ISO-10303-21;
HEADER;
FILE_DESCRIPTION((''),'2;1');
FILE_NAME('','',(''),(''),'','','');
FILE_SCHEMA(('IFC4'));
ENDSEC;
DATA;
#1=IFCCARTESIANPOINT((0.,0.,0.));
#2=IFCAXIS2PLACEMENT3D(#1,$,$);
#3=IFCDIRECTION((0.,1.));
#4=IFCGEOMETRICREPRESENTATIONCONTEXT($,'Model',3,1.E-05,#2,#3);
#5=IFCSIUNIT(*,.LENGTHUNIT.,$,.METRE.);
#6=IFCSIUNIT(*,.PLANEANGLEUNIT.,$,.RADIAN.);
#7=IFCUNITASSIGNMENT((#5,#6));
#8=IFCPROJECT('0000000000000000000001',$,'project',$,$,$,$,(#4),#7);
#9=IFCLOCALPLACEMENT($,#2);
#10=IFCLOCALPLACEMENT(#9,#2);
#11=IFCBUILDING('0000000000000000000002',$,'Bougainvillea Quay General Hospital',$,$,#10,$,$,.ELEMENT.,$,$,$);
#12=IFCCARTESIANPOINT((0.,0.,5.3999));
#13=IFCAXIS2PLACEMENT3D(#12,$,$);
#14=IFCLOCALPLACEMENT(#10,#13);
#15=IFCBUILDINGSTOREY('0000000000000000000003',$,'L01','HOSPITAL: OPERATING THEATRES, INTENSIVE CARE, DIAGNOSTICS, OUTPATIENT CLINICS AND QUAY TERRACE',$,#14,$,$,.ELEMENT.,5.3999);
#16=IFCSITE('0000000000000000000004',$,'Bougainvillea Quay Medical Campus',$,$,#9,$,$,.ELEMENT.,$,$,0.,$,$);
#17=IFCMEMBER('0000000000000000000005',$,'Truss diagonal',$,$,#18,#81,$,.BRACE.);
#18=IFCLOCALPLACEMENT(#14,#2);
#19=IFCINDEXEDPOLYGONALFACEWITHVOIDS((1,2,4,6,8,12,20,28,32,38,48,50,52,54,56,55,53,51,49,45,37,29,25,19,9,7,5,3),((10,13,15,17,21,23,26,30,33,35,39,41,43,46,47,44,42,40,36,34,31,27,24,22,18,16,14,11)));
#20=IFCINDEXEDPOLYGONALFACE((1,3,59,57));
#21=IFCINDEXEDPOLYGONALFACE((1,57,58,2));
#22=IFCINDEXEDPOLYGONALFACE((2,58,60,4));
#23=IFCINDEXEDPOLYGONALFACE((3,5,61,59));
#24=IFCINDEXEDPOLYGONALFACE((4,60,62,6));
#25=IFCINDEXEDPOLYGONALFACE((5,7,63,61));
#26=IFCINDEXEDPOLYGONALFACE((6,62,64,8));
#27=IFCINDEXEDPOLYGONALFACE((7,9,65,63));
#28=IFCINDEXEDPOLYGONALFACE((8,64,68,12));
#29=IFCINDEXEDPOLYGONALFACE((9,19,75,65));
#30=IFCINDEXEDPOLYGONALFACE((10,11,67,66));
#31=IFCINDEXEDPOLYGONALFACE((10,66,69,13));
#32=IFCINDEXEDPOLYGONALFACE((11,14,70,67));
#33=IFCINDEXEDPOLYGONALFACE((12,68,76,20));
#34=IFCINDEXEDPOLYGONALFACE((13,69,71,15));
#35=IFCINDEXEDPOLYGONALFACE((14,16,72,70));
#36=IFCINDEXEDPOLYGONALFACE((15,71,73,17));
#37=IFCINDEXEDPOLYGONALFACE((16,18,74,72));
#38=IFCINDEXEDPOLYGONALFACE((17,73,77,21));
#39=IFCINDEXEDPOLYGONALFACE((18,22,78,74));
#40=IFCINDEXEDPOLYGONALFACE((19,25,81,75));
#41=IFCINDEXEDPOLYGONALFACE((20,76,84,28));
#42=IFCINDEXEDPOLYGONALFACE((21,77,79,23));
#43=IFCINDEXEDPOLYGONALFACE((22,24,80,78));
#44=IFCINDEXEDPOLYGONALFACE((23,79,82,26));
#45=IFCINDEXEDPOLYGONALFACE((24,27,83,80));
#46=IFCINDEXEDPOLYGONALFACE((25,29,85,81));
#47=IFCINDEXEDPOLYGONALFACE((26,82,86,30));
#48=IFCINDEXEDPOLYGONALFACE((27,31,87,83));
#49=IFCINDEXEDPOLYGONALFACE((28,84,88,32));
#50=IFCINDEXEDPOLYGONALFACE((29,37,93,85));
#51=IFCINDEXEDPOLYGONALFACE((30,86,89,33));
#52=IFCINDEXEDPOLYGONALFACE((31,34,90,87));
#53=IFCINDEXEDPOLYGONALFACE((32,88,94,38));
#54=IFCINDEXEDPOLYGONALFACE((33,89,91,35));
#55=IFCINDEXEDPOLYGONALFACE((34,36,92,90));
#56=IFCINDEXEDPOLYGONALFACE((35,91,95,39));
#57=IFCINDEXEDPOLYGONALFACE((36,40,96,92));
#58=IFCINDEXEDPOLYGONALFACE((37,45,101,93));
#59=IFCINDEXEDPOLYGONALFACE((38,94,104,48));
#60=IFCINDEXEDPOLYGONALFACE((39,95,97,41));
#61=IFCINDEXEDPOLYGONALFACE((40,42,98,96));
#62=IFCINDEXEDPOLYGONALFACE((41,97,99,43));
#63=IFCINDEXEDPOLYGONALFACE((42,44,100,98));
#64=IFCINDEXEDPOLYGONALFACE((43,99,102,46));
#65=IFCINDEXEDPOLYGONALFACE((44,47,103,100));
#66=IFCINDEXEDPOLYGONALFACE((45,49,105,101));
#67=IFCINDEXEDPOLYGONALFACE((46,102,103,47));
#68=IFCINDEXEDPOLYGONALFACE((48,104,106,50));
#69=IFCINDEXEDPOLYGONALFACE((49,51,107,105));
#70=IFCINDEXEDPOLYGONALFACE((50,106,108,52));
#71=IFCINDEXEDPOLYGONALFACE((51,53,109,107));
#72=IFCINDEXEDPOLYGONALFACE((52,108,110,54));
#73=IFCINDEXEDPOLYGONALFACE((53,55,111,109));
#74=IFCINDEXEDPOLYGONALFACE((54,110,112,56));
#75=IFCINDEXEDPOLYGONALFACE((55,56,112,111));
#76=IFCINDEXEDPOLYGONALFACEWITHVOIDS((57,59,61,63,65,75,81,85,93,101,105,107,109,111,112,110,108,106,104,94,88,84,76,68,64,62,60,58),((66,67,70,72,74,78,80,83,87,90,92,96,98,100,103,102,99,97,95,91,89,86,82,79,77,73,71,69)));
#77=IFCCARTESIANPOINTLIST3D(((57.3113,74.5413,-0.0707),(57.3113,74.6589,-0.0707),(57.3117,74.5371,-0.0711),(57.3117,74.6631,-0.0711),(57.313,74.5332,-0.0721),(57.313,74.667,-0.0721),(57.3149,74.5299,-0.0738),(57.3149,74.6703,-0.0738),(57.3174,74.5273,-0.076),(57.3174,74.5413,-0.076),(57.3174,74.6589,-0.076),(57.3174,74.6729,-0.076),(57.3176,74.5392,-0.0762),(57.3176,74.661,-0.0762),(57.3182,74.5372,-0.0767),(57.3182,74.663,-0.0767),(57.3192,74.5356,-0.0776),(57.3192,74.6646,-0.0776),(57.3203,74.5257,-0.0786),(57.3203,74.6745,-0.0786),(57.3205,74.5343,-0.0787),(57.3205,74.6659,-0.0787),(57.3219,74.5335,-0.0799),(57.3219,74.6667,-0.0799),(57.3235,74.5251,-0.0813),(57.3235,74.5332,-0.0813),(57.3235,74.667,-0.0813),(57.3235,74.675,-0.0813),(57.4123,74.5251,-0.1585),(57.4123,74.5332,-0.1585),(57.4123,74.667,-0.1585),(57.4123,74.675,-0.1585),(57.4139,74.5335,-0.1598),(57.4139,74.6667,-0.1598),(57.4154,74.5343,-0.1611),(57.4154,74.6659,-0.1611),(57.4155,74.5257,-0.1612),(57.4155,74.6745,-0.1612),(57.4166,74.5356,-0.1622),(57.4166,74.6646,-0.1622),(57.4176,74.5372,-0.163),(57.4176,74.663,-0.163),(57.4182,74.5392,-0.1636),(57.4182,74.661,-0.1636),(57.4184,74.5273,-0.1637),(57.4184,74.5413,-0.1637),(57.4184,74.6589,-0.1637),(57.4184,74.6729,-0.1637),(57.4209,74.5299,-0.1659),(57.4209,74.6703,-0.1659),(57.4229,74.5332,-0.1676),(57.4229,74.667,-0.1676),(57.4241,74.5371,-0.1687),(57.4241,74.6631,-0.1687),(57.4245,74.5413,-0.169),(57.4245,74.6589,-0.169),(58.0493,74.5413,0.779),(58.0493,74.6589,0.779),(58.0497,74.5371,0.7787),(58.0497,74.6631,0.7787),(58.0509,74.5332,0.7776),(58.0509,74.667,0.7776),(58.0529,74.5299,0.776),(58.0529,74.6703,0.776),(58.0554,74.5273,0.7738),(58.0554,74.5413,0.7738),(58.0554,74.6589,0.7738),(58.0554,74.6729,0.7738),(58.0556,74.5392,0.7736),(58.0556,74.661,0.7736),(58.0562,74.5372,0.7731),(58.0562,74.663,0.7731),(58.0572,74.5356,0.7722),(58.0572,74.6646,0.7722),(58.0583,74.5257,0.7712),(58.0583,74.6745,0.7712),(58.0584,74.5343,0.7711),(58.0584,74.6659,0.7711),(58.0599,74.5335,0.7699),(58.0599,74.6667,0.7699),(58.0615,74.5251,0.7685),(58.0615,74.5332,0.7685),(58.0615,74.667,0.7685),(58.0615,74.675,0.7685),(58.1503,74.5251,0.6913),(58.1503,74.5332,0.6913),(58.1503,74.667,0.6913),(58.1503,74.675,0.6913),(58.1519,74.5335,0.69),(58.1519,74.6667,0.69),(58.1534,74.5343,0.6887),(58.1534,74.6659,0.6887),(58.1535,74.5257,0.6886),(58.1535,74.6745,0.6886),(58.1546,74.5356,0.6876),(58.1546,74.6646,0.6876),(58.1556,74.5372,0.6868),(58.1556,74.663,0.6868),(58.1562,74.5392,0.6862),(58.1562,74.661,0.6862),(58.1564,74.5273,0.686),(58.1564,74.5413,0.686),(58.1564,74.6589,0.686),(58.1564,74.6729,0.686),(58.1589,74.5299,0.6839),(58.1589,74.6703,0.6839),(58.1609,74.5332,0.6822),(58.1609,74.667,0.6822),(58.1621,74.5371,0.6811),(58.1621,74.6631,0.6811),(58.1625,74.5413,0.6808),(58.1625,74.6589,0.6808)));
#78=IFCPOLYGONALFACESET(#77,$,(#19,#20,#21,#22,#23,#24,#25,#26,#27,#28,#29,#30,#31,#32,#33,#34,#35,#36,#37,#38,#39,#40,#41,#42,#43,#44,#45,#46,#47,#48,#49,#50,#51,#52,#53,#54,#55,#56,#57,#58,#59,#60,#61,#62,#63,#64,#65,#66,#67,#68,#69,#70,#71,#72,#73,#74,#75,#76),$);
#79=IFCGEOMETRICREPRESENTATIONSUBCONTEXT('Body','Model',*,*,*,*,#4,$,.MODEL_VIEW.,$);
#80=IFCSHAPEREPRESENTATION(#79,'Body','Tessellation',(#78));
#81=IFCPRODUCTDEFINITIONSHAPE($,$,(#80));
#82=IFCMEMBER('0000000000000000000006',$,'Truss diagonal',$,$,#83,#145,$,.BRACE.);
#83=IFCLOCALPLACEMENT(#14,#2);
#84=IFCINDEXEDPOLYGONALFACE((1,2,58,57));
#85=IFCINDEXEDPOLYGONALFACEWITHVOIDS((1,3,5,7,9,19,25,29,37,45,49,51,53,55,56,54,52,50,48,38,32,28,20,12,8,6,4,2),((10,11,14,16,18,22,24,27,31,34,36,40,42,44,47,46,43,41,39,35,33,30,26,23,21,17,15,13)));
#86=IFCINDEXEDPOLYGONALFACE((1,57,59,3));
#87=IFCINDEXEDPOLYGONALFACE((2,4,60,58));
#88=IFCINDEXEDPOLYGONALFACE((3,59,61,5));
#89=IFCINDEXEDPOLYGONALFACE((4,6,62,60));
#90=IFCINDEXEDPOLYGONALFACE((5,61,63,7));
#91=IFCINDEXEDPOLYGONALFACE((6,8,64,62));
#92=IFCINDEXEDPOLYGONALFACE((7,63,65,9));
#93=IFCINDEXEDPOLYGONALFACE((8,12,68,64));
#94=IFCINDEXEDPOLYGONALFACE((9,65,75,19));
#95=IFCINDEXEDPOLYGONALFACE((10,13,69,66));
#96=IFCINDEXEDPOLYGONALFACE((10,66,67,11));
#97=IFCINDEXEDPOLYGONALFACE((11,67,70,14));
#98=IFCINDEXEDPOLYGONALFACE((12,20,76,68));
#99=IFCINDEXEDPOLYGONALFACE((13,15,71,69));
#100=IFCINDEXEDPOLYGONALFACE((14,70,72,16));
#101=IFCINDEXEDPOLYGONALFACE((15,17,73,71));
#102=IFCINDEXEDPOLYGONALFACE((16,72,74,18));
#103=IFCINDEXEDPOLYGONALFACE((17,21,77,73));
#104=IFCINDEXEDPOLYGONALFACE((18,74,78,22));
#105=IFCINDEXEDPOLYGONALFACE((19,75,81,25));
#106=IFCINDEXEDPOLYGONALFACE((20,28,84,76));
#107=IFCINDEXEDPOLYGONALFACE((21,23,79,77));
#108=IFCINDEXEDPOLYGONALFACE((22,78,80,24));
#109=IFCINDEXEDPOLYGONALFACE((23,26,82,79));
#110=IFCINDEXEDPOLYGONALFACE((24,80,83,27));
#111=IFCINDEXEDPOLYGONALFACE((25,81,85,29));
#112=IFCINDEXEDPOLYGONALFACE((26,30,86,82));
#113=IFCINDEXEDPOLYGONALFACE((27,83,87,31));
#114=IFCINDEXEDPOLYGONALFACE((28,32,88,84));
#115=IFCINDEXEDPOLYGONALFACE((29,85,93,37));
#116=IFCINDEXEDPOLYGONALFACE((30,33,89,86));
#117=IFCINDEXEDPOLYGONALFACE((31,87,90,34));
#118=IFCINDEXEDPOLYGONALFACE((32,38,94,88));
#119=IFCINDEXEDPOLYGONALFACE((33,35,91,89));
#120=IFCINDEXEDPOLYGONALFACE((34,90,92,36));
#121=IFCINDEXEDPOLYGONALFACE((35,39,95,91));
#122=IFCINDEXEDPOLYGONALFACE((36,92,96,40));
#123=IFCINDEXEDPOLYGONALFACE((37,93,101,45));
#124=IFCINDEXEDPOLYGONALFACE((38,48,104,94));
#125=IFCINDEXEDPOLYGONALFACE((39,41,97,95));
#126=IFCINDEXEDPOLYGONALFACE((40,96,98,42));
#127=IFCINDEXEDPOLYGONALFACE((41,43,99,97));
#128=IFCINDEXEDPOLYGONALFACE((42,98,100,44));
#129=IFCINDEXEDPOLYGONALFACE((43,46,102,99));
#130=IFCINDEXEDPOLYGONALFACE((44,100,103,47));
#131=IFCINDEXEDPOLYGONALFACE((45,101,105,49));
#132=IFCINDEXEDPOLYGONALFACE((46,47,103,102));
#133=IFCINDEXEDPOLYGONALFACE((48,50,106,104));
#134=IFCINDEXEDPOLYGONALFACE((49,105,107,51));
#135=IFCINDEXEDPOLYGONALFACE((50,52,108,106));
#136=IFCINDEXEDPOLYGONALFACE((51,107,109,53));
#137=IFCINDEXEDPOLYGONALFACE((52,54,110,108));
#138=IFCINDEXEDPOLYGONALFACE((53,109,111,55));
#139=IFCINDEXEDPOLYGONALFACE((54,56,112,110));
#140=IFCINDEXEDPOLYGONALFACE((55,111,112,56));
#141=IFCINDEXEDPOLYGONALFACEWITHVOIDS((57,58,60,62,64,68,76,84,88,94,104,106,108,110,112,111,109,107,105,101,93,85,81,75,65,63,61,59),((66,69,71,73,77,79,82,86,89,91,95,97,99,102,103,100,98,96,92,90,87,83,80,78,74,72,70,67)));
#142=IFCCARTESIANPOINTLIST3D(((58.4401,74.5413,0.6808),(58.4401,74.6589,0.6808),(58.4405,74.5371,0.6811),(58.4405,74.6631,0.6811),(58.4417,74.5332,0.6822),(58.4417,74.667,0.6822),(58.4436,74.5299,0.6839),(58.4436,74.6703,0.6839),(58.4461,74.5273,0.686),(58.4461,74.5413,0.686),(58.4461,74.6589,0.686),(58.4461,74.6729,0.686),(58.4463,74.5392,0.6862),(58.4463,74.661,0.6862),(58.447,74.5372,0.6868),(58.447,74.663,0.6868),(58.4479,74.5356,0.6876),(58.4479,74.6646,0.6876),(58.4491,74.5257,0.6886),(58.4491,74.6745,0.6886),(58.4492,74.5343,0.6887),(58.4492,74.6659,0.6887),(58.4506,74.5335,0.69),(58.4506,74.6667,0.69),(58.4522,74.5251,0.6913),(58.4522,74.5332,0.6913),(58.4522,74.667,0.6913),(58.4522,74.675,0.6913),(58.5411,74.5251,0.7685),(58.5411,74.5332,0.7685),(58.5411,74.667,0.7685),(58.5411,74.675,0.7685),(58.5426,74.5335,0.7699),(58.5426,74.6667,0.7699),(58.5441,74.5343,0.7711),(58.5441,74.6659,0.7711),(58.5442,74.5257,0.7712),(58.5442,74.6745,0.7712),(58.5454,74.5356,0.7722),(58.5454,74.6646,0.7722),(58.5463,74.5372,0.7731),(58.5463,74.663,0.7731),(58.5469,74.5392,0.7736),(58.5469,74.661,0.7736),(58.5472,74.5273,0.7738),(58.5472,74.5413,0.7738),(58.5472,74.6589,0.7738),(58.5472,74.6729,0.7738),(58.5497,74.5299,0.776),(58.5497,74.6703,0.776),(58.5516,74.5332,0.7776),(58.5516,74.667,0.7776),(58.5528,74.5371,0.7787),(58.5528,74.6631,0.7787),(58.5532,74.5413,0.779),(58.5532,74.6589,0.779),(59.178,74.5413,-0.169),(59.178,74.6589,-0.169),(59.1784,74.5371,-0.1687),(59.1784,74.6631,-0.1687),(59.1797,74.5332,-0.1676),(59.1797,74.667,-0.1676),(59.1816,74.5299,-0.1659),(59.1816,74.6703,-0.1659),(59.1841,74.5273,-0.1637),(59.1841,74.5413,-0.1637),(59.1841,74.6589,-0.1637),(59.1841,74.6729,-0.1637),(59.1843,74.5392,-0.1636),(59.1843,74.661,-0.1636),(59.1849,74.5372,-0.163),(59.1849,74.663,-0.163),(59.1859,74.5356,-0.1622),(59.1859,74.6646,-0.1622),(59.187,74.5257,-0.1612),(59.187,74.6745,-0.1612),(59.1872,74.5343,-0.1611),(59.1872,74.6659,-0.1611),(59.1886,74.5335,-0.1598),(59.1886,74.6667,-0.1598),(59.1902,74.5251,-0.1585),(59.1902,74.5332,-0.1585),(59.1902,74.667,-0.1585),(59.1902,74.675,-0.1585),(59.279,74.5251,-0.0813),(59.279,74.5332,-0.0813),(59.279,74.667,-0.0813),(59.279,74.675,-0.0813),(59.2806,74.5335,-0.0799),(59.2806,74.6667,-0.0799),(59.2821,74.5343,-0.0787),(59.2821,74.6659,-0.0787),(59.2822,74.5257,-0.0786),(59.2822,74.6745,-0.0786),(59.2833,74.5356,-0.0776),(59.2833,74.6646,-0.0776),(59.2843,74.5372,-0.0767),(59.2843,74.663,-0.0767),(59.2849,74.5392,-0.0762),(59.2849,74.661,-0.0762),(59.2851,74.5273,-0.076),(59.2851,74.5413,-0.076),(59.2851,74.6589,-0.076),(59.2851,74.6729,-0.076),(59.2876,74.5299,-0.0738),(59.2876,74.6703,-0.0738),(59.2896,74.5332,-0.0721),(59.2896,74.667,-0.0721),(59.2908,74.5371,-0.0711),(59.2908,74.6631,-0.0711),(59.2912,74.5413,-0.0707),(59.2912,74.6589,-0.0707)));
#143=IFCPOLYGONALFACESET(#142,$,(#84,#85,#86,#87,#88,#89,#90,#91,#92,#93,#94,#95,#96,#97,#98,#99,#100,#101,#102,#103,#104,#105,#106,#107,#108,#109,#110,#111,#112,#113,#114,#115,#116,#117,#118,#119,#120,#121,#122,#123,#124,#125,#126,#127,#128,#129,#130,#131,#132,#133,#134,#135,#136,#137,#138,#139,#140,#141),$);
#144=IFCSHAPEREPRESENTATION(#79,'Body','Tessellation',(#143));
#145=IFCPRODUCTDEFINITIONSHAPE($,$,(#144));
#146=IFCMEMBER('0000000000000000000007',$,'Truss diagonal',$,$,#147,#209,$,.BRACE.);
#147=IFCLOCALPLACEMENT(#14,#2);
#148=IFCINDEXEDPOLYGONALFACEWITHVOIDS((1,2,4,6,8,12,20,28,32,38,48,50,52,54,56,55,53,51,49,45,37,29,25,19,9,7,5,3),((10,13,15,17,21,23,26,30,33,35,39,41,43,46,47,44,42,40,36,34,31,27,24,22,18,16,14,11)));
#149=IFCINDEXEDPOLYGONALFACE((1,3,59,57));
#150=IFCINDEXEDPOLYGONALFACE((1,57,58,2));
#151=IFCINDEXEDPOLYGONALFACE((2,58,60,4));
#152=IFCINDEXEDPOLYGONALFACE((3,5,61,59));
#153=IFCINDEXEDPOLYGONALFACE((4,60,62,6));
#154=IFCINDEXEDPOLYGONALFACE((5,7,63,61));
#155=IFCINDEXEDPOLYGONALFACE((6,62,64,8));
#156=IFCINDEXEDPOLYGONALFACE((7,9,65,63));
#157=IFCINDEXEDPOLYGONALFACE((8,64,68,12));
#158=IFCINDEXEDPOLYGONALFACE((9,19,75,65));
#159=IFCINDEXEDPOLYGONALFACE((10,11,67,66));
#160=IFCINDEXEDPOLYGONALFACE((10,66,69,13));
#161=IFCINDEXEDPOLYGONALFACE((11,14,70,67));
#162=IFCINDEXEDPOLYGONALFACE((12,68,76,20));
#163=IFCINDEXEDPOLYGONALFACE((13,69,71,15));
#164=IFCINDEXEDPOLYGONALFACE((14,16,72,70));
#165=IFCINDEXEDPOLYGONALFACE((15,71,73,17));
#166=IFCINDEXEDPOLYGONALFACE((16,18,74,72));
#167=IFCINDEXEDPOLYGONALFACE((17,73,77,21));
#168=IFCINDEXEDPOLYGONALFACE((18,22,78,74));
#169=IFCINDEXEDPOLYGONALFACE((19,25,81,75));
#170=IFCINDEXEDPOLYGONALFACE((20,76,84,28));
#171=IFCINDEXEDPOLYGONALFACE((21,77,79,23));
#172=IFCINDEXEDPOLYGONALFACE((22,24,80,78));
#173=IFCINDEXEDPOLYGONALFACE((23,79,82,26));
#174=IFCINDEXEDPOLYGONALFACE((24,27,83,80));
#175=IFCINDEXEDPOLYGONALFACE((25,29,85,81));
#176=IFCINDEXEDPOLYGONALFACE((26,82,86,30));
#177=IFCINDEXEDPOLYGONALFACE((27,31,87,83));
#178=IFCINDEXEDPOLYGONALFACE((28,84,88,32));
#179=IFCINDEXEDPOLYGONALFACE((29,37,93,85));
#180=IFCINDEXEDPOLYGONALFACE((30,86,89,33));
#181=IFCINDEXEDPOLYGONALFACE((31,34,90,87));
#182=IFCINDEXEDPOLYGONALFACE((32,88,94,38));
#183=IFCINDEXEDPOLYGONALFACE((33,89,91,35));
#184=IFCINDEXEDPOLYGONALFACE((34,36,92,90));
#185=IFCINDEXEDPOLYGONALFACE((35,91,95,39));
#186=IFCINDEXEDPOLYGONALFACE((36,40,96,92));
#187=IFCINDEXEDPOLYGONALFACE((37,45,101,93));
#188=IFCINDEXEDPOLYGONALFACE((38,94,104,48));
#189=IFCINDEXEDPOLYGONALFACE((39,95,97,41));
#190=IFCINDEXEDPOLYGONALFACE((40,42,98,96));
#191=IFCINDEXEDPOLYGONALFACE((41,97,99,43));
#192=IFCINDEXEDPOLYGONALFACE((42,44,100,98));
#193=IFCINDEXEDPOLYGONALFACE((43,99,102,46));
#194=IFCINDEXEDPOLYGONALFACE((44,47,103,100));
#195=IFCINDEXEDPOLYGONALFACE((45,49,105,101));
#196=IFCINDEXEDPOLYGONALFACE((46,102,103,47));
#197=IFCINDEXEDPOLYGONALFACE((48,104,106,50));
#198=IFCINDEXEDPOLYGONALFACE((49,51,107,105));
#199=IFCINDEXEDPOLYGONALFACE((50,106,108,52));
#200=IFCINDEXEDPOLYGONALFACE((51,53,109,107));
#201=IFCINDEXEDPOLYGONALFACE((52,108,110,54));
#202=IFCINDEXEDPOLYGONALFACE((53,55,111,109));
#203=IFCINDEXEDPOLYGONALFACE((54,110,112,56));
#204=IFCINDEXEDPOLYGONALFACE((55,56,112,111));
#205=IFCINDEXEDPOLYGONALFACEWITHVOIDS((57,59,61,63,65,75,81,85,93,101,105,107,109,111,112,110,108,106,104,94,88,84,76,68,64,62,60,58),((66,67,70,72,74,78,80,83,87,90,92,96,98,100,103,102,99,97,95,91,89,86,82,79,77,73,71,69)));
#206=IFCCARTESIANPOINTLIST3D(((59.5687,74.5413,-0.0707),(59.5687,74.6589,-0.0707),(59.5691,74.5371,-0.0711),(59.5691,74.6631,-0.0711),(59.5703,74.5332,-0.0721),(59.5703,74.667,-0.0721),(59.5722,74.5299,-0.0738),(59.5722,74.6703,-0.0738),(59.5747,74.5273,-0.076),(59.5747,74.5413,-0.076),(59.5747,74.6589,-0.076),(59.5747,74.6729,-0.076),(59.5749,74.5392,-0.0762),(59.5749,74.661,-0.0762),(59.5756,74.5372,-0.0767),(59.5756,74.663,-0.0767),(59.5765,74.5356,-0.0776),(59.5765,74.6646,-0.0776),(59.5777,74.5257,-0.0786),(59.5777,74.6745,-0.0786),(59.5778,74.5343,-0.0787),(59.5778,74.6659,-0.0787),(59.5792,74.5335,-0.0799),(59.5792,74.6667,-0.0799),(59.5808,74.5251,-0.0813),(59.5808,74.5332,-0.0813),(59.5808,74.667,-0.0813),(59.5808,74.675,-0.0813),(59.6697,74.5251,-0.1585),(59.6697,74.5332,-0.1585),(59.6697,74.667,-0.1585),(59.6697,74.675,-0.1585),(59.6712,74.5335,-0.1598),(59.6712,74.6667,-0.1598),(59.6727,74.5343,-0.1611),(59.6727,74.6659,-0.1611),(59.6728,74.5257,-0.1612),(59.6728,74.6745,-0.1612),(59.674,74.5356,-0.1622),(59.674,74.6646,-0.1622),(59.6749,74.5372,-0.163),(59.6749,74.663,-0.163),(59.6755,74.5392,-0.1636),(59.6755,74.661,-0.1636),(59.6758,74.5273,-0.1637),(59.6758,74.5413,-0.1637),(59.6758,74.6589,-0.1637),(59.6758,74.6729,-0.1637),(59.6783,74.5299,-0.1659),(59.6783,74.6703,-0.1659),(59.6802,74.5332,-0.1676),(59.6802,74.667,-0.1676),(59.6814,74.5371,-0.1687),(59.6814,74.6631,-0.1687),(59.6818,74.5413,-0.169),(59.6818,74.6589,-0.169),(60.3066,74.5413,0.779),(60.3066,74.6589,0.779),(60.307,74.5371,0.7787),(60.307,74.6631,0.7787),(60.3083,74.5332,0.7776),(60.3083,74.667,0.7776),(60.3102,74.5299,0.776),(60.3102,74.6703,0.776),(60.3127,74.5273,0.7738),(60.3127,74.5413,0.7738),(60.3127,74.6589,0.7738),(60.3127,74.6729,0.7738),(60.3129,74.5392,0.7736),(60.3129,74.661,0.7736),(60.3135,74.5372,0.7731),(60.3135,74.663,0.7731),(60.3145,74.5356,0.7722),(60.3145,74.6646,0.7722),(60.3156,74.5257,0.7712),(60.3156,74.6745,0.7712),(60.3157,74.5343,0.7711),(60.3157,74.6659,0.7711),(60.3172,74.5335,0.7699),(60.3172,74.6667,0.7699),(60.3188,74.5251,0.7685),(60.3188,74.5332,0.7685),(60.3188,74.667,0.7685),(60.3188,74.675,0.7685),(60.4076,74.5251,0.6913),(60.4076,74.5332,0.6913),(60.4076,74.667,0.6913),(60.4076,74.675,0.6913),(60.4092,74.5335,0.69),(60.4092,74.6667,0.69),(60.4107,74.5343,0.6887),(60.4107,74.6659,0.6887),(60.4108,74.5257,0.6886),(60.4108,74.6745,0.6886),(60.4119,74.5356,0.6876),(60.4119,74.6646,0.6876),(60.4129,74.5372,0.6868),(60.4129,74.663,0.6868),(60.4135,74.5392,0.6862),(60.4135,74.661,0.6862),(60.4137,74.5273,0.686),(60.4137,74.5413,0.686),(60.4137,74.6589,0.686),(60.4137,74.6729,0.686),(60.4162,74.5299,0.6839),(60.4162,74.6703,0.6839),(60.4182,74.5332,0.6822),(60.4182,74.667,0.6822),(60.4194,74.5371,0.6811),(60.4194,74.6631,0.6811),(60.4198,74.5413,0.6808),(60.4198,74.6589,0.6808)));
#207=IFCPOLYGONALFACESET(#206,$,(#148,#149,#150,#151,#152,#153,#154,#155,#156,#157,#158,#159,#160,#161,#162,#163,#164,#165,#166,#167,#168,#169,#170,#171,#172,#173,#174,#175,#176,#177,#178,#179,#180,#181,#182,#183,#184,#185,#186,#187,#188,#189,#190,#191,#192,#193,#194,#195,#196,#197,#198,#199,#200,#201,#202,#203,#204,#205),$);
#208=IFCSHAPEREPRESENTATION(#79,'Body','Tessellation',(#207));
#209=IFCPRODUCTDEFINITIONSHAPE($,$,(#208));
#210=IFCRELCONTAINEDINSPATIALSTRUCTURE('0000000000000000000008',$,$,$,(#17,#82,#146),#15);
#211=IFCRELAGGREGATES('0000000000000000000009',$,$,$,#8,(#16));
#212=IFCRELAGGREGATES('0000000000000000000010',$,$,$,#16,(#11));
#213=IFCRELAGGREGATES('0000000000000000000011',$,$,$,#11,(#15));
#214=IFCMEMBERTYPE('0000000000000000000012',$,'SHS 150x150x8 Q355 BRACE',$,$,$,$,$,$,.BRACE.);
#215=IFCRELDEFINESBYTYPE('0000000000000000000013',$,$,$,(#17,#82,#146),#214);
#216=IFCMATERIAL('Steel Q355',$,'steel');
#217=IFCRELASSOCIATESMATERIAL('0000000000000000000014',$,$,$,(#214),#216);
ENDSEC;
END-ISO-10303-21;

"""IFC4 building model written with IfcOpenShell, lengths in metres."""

from ifc_helpers import new_model, si_unit, direction, frame, origin, origin_2d, place, context, subcontext, project, spatial, hollow_rectangle, extrude, material, material_profile, profile_set, type_object, element, save


model = new_model("IFC4")

# Units and contexts
model_context = context("Model", 3, precision=1e-05, world=origin(), true_north=direction((0.0, 1.0)))
body_context = subcontext(model_context, "Body", "Model", "MODEL_VIEW")
ifc_project = project(units=[si_unit("LENGTHUNIT", "METRE"), si_unit("PLANEANGLEUNIT", "RADIAN")], contexts=[model_context])

# Site, building, storey
site_placement = place(None, origin())
site = spatial("IfcSite", under=ifc_project, at=site_placement, Name="Bougainvillea Quay Medical Campus", CompositionType="ELEMENT", RefElevation=0.0)
building_placement = place(site_placement, origin())
building = spatial("IfcBuilding", under=site, at=building_placement, Name="Bougainvillea Quay General Hospital", CompositionType="ELEMENT")
storey_placement = place(building_placement, frame((0.0, 0.0, 5.3999)))
storey = spatial("IfcBuildingStorey", under=building, at=storey_placement, Name="L01", Description="HOSPITAL: OPERATING THEATRES, INTENSIVE CARE, DIAGNOSTICS, OUTPATIENT CLINICS AND QUAY TERRACE", CompositionType="ELEMENT", Elevation=5.3999)

# Members
ifc_material_1 = material(Name="Steel Q355", Category="steel")
ifc_material_profile_1 = material_profile(ifc_material_1, hollow_rectangle(XDim=0.1499, YDim=0.1499, WallThickness=0.0081, InnerFilletRadius=0.0081, OuterFilletRadius=0.0161, at=origin_2d()))
ifc_profile_set_1 = profile_set([ifc_material_profile_1], Name="Steel Q355")
member_type_1 = type_object("IfcMemberType", Name="SHS 150x150x8 Q355 BRACE", PredefinedType="BRACE", material=ifc_profile_set_1)
for number, where, z_axis, x_axis, name in (
    (1, (57.3679, 74.6001, -0.1199), (0.65569, 0.0, 0.75503), (0.0, 1.0, 0.0), "Truss diagonal"),
    (2, (59.2346, 74.6001, -0.1199), (-0.65569, 0.0, 0.75503), (0.0, -1.0, 0.0), "Truss diagonal"),
    (3, (59.6252, 74.6001, -0.1199), (0.65569, 0.0, 0.75503), (0.0, 1.0, 0.0), "Truss diagonal"),
):
    element("IfcMember", number, at=place(storey_placement, frame(where, z_axis=z_axis, x_axis=x_axis)), inside=storey, type_object=member_type_1, Name=name, PredefinedType="BRACE", context=body_context, shape_type="SweptSolid", body=[
        extrude(hollow_rectangle(XDim=0.1499, YDim=0.1499, WallThickness=0.0081, InnerFilletRadius=0.0081, OuterFilletRadius=0.0161, at=origin_2d()), origin(), (0.0, 0.0, 1.0), 1.1255),
    ])

save(model, "model.ifc")
